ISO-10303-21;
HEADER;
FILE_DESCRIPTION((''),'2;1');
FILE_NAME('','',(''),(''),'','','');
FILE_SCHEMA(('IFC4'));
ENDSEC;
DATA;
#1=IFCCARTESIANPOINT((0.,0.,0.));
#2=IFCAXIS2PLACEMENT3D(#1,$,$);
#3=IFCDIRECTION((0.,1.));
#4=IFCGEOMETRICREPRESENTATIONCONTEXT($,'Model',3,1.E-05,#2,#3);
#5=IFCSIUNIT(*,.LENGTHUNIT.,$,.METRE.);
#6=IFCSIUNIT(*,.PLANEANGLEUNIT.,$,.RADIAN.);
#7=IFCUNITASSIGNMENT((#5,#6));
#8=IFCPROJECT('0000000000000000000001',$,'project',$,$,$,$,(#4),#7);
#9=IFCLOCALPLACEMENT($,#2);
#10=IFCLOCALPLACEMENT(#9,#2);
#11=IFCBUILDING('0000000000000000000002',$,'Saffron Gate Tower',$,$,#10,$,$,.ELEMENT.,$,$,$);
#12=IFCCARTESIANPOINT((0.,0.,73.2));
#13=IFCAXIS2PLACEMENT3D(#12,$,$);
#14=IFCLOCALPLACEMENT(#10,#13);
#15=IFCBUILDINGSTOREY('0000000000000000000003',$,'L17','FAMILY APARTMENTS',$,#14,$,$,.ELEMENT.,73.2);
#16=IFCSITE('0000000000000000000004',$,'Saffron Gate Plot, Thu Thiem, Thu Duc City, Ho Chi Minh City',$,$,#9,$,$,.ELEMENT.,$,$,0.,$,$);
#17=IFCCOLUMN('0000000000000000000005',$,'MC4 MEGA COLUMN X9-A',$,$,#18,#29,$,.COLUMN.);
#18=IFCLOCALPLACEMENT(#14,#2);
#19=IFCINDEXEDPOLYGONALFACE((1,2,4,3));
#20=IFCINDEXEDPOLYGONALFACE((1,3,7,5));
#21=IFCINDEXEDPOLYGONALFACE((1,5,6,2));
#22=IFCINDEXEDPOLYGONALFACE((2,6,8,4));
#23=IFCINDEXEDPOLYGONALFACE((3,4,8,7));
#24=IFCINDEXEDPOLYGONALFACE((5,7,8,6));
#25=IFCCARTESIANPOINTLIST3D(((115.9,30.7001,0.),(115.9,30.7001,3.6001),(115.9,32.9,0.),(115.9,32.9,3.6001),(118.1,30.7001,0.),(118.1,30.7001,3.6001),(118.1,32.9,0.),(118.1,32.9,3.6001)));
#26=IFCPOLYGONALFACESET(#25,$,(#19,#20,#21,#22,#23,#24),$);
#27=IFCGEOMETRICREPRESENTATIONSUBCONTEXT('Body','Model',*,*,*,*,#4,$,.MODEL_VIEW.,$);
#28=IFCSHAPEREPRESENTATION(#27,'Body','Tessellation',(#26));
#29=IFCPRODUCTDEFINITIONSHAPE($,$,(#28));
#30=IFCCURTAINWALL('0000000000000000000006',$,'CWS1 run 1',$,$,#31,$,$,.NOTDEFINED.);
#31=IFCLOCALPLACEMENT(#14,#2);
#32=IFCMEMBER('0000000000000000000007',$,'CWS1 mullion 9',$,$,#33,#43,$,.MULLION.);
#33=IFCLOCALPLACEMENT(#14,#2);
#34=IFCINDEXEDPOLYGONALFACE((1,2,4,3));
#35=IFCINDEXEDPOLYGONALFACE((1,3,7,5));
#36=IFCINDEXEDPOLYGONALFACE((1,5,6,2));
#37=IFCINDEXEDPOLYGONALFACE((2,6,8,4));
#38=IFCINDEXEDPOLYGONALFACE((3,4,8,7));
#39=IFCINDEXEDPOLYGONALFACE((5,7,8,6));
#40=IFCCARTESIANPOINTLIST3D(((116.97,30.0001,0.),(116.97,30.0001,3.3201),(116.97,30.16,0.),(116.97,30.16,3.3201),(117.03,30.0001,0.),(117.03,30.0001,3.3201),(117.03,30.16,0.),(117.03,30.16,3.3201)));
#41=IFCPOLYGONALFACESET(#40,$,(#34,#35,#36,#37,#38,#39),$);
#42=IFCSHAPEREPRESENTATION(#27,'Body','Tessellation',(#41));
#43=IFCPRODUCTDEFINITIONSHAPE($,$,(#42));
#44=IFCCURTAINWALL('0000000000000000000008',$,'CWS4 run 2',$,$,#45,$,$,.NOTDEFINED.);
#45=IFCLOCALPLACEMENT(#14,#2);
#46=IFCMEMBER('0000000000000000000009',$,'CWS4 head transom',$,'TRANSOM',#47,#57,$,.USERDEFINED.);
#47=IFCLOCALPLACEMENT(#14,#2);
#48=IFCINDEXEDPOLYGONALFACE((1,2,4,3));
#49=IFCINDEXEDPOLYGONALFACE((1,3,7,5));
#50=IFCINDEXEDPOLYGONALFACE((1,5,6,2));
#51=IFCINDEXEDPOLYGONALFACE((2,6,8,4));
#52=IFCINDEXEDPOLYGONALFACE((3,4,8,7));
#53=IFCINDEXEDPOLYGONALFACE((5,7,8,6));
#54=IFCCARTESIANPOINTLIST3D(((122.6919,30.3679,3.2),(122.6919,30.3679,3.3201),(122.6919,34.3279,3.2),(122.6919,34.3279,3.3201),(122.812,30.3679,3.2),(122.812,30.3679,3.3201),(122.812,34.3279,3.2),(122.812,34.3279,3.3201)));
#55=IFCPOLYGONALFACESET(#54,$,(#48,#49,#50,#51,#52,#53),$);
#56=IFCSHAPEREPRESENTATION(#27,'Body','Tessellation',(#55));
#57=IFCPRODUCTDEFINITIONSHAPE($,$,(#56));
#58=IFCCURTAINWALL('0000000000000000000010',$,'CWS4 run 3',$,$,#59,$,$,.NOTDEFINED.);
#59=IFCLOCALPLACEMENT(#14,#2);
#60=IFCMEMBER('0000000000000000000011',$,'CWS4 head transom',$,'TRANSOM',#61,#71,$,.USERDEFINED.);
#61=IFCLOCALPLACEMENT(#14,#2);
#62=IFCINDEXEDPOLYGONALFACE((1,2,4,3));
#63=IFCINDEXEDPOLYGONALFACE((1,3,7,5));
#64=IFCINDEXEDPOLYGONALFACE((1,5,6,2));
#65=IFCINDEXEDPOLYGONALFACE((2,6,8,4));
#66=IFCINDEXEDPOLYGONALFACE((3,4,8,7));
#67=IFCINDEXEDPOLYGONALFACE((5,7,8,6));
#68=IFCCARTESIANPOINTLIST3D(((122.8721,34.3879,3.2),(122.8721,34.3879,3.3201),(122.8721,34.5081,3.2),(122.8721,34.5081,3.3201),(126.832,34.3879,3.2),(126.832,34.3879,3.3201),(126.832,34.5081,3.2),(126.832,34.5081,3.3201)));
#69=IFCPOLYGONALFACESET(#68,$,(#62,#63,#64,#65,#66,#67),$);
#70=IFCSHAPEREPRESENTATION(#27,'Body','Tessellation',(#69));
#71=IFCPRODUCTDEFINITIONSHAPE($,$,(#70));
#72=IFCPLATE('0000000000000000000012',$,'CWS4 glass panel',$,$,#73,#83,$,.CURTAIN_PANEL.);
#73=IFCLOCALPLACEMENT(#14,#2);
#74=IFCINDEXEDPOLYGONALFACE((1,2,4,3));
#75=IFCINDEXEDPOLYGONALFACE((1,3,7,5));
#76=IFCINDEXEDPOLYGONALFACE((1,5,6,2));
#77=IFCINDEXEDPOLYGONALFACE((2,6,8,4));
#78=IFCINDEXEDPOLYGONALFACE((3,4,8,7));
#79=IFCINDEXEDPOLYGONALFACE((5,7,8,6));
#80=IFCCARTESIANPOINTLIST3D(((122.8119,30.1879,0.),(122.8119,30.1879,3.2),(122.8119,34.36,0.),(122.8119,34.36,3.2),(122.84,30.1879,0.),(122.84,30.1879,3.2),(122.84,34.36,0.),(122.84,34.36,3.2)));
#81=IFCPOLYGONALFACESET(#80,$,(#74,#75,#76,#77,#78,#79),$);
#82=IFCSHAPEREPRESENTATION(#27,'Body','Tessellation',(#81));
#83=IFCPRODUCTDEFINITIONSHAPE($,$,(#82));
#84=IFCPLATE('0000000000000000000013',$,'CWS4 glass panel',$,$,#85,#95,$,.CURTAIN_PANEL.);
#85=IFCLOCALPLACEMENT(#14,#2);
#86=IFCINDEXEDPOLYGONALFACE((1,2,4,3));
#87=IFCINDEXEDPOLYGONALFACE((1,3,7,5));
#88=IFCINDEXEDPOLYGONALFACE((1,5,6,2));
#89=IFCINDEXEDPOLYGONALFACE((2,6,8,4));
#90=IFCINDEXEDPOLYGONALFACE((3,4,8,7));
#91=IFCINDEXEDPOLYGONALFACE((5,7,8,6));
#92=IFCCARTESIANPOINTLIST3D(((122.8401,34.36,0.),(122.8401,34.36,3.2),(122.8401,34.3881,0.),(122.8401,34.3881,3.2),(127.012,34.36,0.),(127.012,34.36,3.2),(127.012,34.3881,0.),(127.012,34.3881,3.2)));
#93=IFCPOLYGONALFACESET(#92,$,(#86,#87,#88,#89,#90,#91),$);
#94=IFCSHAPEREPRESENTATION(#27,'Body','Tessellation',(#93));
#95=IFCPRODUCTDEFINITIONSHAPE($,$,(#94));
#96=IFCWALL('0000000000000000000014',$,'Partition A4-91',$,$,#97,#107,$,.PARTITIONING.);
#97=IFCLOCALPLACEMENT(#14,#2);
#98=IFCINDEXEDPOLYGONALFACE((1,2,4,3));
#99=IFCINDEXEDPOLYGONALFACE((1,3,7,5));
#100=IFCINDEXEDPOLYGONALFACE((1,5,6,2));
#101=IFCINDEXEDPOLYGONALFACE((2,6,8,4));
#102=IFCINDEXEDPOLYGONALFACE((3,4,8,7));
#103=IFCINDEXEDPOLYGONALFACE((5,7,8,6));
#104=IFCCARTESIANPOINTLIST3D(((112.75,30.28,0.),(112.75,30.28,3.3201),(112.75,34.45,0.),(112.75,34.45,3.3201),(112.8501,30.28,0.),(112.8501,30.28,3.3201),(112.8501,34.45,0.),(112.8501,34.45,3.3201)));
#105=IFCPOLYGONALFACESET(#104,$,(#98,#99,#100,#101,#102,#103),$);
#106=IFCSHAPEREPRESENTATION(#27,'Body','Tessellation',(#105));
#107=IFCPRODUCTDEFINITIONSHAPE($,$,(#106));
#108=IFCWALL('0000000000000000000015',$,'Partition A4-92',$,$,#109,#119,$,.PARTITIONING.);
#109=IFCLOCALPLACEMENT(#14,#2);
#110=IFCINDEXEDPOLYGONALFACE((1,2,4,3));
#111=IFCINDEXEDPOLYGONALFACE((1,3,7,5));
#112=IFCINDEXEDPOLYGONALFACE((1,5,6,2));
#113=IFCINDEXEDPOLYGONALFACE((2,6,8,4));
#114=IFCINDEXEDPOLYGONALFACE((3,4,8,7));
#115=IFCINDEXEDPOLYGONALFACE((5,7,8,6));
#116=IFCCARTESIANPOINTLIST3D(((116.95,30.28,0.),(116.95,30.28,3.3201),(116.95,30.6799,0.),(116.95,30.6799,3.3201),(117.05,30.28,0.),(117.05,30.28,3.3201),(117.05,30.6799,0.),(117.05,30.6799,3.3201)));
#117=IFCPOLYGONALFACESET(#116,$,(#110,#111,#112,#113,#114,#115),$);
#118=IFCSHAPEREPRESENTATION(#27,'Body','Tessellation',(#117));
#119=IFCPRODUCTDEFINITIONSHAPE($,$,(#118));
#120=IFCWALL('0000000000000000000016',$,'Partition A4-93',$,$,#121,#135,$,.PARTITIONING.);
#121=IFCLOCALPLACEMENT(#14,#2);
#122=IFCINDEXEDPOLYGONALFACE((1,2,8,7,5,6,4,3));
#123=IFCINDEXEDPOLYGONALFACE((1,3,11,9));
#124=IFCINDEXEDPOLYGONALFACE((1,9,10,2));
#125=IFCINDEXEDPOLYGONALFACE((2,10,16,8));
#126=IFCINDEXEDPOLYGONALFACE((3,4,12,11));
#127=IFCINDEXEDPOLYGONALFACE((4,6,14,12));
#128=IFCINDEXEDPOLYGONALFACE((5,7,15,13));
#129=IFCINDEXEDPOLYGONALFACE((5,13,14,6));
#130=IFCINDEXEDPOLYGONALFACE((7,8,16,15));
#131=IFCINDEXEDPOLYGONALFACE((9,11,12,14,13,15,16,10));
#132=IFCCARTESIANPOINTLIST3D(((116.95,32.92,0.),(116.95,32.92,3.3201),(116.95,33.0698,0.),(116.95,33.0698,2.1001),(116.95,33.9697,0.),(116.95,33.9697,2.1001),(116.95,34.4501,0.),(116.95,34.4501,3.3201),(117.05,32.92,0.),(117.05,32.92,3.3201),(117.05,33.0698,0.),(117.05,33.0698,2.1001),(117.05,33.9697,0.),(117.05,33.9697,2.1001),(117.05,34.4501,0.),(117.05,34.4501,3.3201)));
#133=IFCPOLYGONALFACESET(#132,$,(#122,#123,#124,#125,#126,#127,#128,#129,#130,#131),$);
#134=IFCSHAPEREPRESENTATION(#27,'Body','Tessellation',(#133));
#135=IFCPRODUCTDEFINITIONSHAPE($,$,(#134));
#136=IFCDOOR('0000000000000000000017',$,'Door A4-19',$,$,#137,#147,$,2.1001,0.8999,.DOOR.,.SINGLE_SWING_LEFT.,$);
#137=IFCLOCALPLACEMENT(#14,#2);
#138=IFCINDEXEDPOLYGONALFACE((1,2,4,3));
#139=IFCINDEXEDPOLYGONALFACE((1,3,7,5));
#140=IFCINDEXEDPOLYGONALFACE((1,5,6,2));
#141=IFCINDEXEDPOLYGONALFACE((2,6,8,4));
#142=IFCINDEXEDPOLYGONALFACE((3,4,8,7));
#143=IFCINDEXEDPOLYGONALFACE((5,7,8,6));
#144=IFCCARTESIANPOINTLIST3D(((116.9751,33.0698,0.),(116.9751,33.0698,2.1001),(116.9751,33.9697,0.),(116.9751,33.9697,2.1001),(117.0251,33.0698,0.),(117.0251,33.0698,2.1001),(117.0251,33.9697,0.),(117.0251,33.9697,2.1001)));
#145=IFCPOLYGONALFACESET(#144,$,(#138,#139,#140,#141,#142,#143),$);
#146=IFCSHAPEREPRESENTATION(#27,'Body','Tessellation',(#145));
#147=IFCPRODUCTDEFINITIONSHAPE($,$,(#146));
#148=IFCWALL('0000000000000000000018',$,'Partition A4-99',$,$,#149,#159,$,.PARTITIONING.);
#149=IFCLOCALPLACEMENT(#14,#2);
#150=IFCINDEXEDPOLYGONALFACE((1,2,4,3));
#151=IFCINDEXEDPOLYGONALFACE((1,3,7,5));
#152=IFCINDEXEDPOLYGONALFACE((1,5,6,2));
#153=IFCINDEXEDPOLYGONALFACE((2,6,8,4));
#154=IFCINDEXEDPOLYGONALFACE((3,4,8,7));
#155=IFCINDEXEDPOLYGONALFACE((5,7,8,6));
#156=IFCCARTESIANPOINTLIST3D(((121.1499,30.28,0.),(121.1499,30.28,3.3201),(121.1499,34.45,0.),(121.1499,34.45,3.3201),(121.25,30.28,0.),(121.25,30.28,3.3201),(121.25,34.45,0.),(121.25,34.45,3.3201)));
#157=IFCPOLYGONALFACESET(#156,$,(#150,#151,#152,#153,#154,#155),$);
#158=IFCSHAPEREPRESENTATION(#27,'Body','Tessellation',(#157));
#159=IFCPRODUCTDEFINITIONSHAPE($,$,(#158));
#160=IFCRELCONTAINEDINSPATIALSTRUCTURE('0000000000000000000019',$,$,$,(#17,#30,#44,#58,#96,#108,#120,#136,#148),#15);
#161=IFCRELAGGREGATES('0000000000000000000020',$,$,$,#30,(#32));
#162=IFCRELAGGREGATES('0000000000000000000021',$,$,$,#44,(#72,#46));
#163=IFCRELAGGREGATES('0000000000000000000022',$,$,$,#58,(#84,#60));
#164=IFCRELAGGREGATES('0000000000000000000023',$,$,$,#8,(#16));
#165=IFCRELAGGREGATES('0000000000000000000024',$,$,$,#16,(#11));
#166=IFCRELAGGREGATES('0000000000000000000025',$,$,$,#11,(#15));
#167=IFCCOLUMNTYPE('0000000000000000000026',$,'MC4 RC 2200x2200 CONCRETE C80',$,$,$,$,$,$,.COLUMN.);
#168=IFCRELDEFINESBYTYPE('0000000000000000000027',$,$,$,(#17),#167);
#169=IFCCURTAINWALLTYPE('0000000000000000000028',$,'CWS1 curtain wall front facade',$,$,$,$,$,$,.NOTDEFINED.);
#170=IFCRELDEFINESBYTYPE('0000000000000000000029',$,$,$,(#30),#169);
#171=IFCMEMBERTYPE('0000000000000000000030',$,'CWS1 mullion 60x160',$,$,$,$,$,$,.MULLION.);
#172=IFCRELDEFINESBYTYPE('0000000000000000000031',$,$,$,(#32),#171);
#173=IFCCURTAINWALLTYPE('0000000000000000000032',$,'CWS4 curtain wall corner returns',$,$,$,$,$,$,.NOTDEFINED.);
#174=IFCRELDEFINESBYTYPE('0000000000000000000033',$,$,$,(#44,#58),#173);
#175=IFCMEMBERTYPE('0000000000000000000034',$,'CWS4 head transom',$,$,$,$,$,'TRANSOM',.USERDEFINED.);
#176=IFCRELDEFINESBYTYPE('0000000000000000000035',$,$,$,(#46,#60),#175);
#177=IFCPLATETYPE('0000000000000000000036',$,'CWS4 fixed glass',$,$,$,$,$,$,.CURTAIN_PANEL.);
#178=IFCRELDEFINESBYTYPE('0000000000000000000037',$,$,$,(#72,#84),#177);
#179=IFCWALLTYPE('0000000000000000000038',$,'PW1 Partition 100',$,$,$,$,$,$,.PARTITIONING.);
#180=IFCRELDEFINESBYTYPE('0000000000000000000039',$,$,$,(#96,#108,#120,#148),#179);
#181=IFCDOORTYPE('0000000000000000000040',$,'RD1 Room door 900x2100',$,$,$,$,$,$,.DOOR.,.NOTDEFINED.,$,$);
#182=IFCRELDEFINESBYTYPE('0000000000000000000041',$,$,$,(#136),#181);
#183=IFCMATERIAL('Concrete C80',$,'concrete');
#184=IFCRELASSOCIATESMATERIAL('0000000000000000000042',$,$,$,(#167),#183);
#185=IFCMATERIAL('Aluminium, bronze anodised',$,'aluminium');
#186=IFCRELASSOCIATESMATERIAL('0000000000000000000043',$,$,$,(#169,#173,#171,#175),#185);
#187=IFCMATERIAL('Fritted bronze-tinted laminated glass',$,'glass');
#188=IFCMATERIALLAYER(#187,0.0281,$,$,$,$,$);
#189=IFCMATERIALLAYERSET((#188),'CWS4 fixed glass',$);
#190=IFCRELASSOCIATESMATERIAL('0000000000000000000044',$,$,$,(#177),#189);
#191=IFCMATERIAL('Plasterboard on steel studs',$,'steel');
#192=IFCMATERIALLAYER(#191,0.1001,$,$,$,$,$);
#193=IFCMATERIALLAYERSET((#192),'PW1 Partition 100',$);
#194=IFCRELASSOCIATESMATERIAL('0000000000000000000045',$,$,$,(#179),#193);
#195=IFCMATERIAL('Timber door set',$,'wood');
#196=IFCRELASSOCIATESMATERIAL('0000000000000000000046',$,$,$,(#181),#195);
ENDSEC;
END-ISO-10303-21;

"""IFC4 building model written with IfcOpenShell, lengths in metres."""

from ifc_helpers import new_model, si_unit, direction, frame, frame_2d, origin, origin_2d, place, context, subcontext, project, spatial, rectangle, extrude, material, layer, layer_set, material_profile, profile_set, type_object, element, fill, aggregate, save


model = new_model("IFC4")

# Units and contexts
model_context = context("Model", 3, precision=1e-05, world=origin(), true_north=direction((0.0, 1.0)))
body_context = subcontext(model_context, "Body", "Model", "MODEL_VIEW")
ifc_project = project(units=[si_unit("LENGTHUNIT", "METRE"), si_unit("PLANEANGLEUNIT", "RADIAN")], contexts=[model_context])

# Site, building, storey
site_placement = place(None, origin())
site = spatial("IfcSite", under=ifc_project, at=site_placement, Name="Saffron Gate Plot, Thu Thiem, Thu Duc City, Ho Chi Minh City", CompositionType="ELEMENT", RefElevation=0.0)
building_placement = place(site_placement, origin())
building = spatial("IfcBuilding", under=site, at=building_placement, Name="Saffron Gate Tower", CompositionType="ELEMENT")
storey_placement = place(building_placement, frame((0.0, 0.0, 73.2)))
storey = spatial("IfcBuildingStorey", under=building, at=storey_placement, Name="L17", Description="FAMILY APARTMENTS", CompositionType="ELEMENT", Elevation=73.2)

# Column
ifc_material_1 = material(Name="Concrete C80", Category="concrete")
ifc_material_profile_1 = material_profile(ifc_material_1, rectangle(XDim=2.2, YDim=2.2, at=origin_2d()))
ifc_profile_set_1 = profile_set([ifc_material_profile_1], Name="Concrete C80")
column_type = type_object("IfcColumnType", Name="MC4 RC 2200x2200 CONCRETE C80", PredefinedType="COLUMN", material=ifc_profile_set_1)
column_placement = place(storey_placement, frame((117.0, 31.8, 0.0), z_axis=(0.0, 0.0, 1.0), x_axis=(1.0, 0.0, 0.0)))
element("IfcColumn", 1, at=column_placement, inside=storey, type_object=column_type, Name="MC4 MEGA COLUMN X9-A", PredefinedType="COLUMN", context=body_context, shape_type="SweptSolid", body=[
    extrude(rectangle(XDim=2.2, YDim=2.2, at=origin_2d()), origin(), (0.0, 0.0, 1.0), 3.6001),
])

# Curtain walls, members
ifc_material_2 = material(Name="Aluminium, bronze anodised", Category="aluminium")
curtain_wall_type_1 = type_object("IfcCurtainWallType", Name="CWS1 curtain wall front facade", PredefinedType="NOTDEFINED", material=ifc_material_2)
curtain_wall_1_placement = place(storey_placement, origin())
curtain_wall_1 = element("IfcCurtainWall", 2, at=curtain_wall_1_placement, inside=storey, type_object=curtain_wall_type_1, Name="CWS1 run 1", PredefinedType="NOTDEFINED")
ifc_material_profile_2 = material_profile(ifc_material_2, rectangle(XDim=0.1599, YDim=0.0601, at=origin_2d()))
ifc_profile_set_2 = profile_set([ifc_material_profile_2], Name="Aluminium, bronze anodised")
member_type_1 = type_object("IfcMemberType", Name="CWS1 mullion 60x160", PredefinedType="MULLION", material=ifc_profile_set_2)
member_1_placement = place(storey_placement, frame((117.0, 30.0801, 0.0), z_axis=(0.0, 0.0, 1.0), x_axis=(0.0, 1.0, 0.0)))
member_1 = element("IfcMember", 3, at=member_1_placement, type_object=member_type_1, Name="CWS1 mullion 9", PredefinedType="MULLION", context=body_context, shape_type="SweptSolid", body=[
    extrude(rectangle(XDim=0.1599, YDim=0.0601, at=origin_2d()), origin(), (0.0, 0.0, 1.0), 3.3201),
])
aggregate(curtain_wall_1, [member_1])
curtain_wall_type_2 = type_object("IfcCurtainWallType", Name="CWS4 curtain wall corner returns", PredefinedType="NOTDEFINED", material=ifc_material_2)
curtain_wall_2_placement = place(storey_placement, origin())
curtain_wall_2 = element("IfcCurtainWall", 4, at=curtain_wall_2_placement, inside=storey, type_object=curtain_wall_type_2, Name="CWS4 run 2", PredefinedType="NOTDEFINED")
ifc_material_profile_3 = material_profile(ifc_material_2, rectangle(XDim=0.1201, YDim=0.1201, at=origin_2d()))
ifc_profile_set_3 = profile_set([ifc_material_profile_3], Name="Aluminium, bronze anodised")
member_type_2 = type_object("IfcMemberType", Name="CWS4 head transom", ElementType="TRANSOM", PredefinedType="USERDEFINED", material=ifc_profile_set_3)
member_2_placement = place(storey_placement, frame((122.752, 30.3679, 3.26), z_axis=(0.0, 1.0, 0.0), x_axis=(-1.0, 0.0, 0.0)))
member_2 = element("IfcMember", 5, at=member_2_placement, type_object=member_type_2, Name="CWS4 head transom", ObjectType="TRANSOM", PredefinedType="USERDEFINED", context=body_context, shape_type="SweptSolid", body=[
    extrude(rectangle(XDim=0.1201, YDim=0.1201, at=origin_2d()), origin(), (0.0, 0.0, 1.0), 3.96),
])
curtain_wall_3_placement = place(storey_placement, origin())
curtain_wall_3 = element("IfcCurtainWall", 6, at=curtain_wall_3_placement, inside=storey, type_object=curtain_wall_type_2, Name="CWS4 run 3", PredefinedType="NOTDEFINED")
member_3_placement = place(storey_placement, frame((122.8721, 34.448, 3.26), z_axis=(1.0, 0.0, 0.0), x_axis=(0.0, 1.0, 0.0)))
member_3 = element("IfcMember", 7, at=member_3_placement, type_object=member_type_2, Name="CWS4 head transom", ObjectType="TRANSOM", PredefinedType="USERDEFINED", context=body_context, shape_type="SweptSolid", body=[
    extrude(rectangle(XDim=0.1201, YDim=0.1201, at=origin_2d()), origin(), (0.0, 0.0, 1.0), 3.96),
])

# Plates
ifc_material_3 = material(Name="Fritted bronze-tinted laminated glass", Category="glass")
ifc_layer_1 = layer(ifc_material_3, 0.0281)
ifc_layer_set_1 = layer_set([ifc_layer_1], Name="CWS4 fixed glass")
plate_type = type_object("IfcPlateType", Name="CWS4 fixed glass", PredefinedType="CURTAIN_PANEL", material=ifc_layer_set_1)
plate_1_placement = place(storey_placement, frame((122.8259, 30.188, 0.0), z_axis=(0.0, 0.0, 1.0), x_axis=(0.0, 1.0, 0.0)))
plate_1 = element("IfcPlate", 8, at=plate_1_placement, type_object=plate_type, Name="CWS4 glass panel", PredefinedType="CURTAIN_PANEL", context=body_context, shape_type="SweptSolid", body=[
    extrude(rectangle(XDim=4.1721, YDim=0.0281, at=frame_2d((2.0859, 0.0))), origin(), (0.0, 0.0, 1.0), 3.2),
])
aggregate(curtain_wall_2, [plate_1, member_2])
plate_2_placement = place(storey_placement, frame((122.8401, 34.374, 0.0), z_axis=(0.0, 0.0, 1.0), x_axis=(1.0, 0.0, 0.0)))
plate_2 = element("IfcPlate", 9, at=plate_2_placement, type_object=plate_type, Name="CWS4 glass panel", PredefinedType="CURTAIN_PANEL", context=body_context, shape_type="SweptSolid", body=[
    extrude(rectangle(XDim=4.1719, YDim=0.0281, at=frame_2d((2.0859, 0.0))), origin(), (0.0, 0.0, 1.0), 3.2),
])
aggregate(curtain_wall_3, [plate_2, member_3])

# Walls
ifc_material_4 = material(Name="Plasterboard on steel studs", Category="steel")
ifc_layer_2 = layer(ifc_material_4, 0.1001)
ifc_layer_set_2 = layer_set([ifc_layer_2], Name="PW1 Partition 100")
wall_type = type_object("IfcWallType", Name="PW1 Partition 100", PredefinedType="PARTITIONING", material=ifc_layer_set_2)
wall_1_placement = place(storey_placement, frame((112.8, 34.45, 0.0), z_axis=(0.0, 0.0, 1.0), x_axis=(0.0, -1.0, 0.0)))
element("IfcWall", 10, at=wall_1_placement, inside=storey, type_object=wall_type, Name="Partition A4-91", PredefinedType="PARTITIONING", context=body_context, shape_type="SweptSolid", body=[
    extrude(rectangle(XDim=4.1699, YDim=0.1001, at=frame_2d((2.085, 0.0))), origin(), (0.0, 0.0, 1.0), 3.3201),
])
wall_2_placement = place(storey_placement, frame((117.0, 30.6799, 0.0), z_axis=(0.0, 0.0, 1.0), x_axis=(0.0, -1.0, 0.0)))
element("IfcWall", 11, at=wall_2_placement, inside=storey, type_object=wall_type, Name="Partition A4-92", PredefinedType="PARTITIONING", context=body_context, shape_type="SweptSolid", body=[
    extrude(rectangle(XDim=0.3999, YDim=0.1001, at=frame_2d((0.2, 0.0))), origin(), (0.0, 0.0, 1.0), 3.3201),
])

# Wall, opening, door
wall_3_placement = place(storey_placement, frame((117.0, 32.9199, 0.0), z_axis=(0.0, 0.0, 1.0), x_axis=(0.0, 1.0, 0.0)))
wall_3 = element("IfcWall", 12, at=wall_3_placement, inside=storey, type_object=wall_type, Name="Partition A4-93", PredefinedType="PARTITIONING", context=body_context, shape_type="SweptSolid", body=[
    extrude(rectangle(XDim=1.53, YDim=0.1001, at=frame_2d((0.7651, 0.0))), origin(), (0.0, 0.0, 1.0), 3.3201),
])
opening_1_placement = place(wall_3_placement, frame((0.1499, 0.0, 0.0)))
opening_1 = element("IfcOpeningElement", 13, at=opening_1_placement, cuts=wall_3, PredefinedType="OPENING", context=body_context, shape_type="SweptSolid", body=[
    extrude(rectangle(XDim=0.8999, YDim=2.1001, at=frame_2d((0.45, 1.05))), frame((0.0, 0.0601, 0.0), z_axis=(0.0, -1.0, 0.0), x_axis=(1.0, 0.0, 0.0)), (0.0, 0.0, 1.0), 0.1201),
])
ifc_material_5 = material(Name="Timber door set", Category="wood")
door_type = type_object("IfcDoorType", Name="RD1 Room door 900x2100", OperationType="NOTDEFINED", PredefinedType="DOOR", material=ifc_material_5)
door_1_placement = place(opening_1_placement, origin())
door_1 = element("IfcDoor", 14, at=door_1_placement, inside=storey, type_object=door_type, Name="Door A4-19", OperationType="SINGLE_SWING_LEFT", OverallHeight=2.1001, OverallWidth=0.8999, PredefinedType="DOOR", context=body_context, shape_type="SweptSolid", body=[
    extrude(rectangle(XDim=0.8999, YDim=2.1001, at=frame_2d((0.45, 1.05))), frame((0.0, 0.0249, 0.0), z_axis=(0.0, -1.0, 0.0), x_axis=(1.0, 0.0, 0.0)), (0.0, 0.0, 1.0), 0.05),
])
fill(opening_1, door_1)

# Wall
wall_4_placement = place(storey_placement, frame((121.2, 34.45, 0.0), z_axis=(0.0, 0.0, 1.0), x_axis=(0.0, -1.0, 0.0)))
element("IfcWall", 15, at=wall_4_placement, inside=storey, type_object=wall_type, Name="Partition A4-99", PredefinedType="PARTITIONING", context=body_context, shape_type="SweptSolid", body=[
    extrude(rectangle(XDim=4.1699, YDim=0.1001, at=frame_2d((2.085, 0.0))), origin(), (0.0, 0.0, 1.0), 3.3201),
])

save(model, "model.ifc")
